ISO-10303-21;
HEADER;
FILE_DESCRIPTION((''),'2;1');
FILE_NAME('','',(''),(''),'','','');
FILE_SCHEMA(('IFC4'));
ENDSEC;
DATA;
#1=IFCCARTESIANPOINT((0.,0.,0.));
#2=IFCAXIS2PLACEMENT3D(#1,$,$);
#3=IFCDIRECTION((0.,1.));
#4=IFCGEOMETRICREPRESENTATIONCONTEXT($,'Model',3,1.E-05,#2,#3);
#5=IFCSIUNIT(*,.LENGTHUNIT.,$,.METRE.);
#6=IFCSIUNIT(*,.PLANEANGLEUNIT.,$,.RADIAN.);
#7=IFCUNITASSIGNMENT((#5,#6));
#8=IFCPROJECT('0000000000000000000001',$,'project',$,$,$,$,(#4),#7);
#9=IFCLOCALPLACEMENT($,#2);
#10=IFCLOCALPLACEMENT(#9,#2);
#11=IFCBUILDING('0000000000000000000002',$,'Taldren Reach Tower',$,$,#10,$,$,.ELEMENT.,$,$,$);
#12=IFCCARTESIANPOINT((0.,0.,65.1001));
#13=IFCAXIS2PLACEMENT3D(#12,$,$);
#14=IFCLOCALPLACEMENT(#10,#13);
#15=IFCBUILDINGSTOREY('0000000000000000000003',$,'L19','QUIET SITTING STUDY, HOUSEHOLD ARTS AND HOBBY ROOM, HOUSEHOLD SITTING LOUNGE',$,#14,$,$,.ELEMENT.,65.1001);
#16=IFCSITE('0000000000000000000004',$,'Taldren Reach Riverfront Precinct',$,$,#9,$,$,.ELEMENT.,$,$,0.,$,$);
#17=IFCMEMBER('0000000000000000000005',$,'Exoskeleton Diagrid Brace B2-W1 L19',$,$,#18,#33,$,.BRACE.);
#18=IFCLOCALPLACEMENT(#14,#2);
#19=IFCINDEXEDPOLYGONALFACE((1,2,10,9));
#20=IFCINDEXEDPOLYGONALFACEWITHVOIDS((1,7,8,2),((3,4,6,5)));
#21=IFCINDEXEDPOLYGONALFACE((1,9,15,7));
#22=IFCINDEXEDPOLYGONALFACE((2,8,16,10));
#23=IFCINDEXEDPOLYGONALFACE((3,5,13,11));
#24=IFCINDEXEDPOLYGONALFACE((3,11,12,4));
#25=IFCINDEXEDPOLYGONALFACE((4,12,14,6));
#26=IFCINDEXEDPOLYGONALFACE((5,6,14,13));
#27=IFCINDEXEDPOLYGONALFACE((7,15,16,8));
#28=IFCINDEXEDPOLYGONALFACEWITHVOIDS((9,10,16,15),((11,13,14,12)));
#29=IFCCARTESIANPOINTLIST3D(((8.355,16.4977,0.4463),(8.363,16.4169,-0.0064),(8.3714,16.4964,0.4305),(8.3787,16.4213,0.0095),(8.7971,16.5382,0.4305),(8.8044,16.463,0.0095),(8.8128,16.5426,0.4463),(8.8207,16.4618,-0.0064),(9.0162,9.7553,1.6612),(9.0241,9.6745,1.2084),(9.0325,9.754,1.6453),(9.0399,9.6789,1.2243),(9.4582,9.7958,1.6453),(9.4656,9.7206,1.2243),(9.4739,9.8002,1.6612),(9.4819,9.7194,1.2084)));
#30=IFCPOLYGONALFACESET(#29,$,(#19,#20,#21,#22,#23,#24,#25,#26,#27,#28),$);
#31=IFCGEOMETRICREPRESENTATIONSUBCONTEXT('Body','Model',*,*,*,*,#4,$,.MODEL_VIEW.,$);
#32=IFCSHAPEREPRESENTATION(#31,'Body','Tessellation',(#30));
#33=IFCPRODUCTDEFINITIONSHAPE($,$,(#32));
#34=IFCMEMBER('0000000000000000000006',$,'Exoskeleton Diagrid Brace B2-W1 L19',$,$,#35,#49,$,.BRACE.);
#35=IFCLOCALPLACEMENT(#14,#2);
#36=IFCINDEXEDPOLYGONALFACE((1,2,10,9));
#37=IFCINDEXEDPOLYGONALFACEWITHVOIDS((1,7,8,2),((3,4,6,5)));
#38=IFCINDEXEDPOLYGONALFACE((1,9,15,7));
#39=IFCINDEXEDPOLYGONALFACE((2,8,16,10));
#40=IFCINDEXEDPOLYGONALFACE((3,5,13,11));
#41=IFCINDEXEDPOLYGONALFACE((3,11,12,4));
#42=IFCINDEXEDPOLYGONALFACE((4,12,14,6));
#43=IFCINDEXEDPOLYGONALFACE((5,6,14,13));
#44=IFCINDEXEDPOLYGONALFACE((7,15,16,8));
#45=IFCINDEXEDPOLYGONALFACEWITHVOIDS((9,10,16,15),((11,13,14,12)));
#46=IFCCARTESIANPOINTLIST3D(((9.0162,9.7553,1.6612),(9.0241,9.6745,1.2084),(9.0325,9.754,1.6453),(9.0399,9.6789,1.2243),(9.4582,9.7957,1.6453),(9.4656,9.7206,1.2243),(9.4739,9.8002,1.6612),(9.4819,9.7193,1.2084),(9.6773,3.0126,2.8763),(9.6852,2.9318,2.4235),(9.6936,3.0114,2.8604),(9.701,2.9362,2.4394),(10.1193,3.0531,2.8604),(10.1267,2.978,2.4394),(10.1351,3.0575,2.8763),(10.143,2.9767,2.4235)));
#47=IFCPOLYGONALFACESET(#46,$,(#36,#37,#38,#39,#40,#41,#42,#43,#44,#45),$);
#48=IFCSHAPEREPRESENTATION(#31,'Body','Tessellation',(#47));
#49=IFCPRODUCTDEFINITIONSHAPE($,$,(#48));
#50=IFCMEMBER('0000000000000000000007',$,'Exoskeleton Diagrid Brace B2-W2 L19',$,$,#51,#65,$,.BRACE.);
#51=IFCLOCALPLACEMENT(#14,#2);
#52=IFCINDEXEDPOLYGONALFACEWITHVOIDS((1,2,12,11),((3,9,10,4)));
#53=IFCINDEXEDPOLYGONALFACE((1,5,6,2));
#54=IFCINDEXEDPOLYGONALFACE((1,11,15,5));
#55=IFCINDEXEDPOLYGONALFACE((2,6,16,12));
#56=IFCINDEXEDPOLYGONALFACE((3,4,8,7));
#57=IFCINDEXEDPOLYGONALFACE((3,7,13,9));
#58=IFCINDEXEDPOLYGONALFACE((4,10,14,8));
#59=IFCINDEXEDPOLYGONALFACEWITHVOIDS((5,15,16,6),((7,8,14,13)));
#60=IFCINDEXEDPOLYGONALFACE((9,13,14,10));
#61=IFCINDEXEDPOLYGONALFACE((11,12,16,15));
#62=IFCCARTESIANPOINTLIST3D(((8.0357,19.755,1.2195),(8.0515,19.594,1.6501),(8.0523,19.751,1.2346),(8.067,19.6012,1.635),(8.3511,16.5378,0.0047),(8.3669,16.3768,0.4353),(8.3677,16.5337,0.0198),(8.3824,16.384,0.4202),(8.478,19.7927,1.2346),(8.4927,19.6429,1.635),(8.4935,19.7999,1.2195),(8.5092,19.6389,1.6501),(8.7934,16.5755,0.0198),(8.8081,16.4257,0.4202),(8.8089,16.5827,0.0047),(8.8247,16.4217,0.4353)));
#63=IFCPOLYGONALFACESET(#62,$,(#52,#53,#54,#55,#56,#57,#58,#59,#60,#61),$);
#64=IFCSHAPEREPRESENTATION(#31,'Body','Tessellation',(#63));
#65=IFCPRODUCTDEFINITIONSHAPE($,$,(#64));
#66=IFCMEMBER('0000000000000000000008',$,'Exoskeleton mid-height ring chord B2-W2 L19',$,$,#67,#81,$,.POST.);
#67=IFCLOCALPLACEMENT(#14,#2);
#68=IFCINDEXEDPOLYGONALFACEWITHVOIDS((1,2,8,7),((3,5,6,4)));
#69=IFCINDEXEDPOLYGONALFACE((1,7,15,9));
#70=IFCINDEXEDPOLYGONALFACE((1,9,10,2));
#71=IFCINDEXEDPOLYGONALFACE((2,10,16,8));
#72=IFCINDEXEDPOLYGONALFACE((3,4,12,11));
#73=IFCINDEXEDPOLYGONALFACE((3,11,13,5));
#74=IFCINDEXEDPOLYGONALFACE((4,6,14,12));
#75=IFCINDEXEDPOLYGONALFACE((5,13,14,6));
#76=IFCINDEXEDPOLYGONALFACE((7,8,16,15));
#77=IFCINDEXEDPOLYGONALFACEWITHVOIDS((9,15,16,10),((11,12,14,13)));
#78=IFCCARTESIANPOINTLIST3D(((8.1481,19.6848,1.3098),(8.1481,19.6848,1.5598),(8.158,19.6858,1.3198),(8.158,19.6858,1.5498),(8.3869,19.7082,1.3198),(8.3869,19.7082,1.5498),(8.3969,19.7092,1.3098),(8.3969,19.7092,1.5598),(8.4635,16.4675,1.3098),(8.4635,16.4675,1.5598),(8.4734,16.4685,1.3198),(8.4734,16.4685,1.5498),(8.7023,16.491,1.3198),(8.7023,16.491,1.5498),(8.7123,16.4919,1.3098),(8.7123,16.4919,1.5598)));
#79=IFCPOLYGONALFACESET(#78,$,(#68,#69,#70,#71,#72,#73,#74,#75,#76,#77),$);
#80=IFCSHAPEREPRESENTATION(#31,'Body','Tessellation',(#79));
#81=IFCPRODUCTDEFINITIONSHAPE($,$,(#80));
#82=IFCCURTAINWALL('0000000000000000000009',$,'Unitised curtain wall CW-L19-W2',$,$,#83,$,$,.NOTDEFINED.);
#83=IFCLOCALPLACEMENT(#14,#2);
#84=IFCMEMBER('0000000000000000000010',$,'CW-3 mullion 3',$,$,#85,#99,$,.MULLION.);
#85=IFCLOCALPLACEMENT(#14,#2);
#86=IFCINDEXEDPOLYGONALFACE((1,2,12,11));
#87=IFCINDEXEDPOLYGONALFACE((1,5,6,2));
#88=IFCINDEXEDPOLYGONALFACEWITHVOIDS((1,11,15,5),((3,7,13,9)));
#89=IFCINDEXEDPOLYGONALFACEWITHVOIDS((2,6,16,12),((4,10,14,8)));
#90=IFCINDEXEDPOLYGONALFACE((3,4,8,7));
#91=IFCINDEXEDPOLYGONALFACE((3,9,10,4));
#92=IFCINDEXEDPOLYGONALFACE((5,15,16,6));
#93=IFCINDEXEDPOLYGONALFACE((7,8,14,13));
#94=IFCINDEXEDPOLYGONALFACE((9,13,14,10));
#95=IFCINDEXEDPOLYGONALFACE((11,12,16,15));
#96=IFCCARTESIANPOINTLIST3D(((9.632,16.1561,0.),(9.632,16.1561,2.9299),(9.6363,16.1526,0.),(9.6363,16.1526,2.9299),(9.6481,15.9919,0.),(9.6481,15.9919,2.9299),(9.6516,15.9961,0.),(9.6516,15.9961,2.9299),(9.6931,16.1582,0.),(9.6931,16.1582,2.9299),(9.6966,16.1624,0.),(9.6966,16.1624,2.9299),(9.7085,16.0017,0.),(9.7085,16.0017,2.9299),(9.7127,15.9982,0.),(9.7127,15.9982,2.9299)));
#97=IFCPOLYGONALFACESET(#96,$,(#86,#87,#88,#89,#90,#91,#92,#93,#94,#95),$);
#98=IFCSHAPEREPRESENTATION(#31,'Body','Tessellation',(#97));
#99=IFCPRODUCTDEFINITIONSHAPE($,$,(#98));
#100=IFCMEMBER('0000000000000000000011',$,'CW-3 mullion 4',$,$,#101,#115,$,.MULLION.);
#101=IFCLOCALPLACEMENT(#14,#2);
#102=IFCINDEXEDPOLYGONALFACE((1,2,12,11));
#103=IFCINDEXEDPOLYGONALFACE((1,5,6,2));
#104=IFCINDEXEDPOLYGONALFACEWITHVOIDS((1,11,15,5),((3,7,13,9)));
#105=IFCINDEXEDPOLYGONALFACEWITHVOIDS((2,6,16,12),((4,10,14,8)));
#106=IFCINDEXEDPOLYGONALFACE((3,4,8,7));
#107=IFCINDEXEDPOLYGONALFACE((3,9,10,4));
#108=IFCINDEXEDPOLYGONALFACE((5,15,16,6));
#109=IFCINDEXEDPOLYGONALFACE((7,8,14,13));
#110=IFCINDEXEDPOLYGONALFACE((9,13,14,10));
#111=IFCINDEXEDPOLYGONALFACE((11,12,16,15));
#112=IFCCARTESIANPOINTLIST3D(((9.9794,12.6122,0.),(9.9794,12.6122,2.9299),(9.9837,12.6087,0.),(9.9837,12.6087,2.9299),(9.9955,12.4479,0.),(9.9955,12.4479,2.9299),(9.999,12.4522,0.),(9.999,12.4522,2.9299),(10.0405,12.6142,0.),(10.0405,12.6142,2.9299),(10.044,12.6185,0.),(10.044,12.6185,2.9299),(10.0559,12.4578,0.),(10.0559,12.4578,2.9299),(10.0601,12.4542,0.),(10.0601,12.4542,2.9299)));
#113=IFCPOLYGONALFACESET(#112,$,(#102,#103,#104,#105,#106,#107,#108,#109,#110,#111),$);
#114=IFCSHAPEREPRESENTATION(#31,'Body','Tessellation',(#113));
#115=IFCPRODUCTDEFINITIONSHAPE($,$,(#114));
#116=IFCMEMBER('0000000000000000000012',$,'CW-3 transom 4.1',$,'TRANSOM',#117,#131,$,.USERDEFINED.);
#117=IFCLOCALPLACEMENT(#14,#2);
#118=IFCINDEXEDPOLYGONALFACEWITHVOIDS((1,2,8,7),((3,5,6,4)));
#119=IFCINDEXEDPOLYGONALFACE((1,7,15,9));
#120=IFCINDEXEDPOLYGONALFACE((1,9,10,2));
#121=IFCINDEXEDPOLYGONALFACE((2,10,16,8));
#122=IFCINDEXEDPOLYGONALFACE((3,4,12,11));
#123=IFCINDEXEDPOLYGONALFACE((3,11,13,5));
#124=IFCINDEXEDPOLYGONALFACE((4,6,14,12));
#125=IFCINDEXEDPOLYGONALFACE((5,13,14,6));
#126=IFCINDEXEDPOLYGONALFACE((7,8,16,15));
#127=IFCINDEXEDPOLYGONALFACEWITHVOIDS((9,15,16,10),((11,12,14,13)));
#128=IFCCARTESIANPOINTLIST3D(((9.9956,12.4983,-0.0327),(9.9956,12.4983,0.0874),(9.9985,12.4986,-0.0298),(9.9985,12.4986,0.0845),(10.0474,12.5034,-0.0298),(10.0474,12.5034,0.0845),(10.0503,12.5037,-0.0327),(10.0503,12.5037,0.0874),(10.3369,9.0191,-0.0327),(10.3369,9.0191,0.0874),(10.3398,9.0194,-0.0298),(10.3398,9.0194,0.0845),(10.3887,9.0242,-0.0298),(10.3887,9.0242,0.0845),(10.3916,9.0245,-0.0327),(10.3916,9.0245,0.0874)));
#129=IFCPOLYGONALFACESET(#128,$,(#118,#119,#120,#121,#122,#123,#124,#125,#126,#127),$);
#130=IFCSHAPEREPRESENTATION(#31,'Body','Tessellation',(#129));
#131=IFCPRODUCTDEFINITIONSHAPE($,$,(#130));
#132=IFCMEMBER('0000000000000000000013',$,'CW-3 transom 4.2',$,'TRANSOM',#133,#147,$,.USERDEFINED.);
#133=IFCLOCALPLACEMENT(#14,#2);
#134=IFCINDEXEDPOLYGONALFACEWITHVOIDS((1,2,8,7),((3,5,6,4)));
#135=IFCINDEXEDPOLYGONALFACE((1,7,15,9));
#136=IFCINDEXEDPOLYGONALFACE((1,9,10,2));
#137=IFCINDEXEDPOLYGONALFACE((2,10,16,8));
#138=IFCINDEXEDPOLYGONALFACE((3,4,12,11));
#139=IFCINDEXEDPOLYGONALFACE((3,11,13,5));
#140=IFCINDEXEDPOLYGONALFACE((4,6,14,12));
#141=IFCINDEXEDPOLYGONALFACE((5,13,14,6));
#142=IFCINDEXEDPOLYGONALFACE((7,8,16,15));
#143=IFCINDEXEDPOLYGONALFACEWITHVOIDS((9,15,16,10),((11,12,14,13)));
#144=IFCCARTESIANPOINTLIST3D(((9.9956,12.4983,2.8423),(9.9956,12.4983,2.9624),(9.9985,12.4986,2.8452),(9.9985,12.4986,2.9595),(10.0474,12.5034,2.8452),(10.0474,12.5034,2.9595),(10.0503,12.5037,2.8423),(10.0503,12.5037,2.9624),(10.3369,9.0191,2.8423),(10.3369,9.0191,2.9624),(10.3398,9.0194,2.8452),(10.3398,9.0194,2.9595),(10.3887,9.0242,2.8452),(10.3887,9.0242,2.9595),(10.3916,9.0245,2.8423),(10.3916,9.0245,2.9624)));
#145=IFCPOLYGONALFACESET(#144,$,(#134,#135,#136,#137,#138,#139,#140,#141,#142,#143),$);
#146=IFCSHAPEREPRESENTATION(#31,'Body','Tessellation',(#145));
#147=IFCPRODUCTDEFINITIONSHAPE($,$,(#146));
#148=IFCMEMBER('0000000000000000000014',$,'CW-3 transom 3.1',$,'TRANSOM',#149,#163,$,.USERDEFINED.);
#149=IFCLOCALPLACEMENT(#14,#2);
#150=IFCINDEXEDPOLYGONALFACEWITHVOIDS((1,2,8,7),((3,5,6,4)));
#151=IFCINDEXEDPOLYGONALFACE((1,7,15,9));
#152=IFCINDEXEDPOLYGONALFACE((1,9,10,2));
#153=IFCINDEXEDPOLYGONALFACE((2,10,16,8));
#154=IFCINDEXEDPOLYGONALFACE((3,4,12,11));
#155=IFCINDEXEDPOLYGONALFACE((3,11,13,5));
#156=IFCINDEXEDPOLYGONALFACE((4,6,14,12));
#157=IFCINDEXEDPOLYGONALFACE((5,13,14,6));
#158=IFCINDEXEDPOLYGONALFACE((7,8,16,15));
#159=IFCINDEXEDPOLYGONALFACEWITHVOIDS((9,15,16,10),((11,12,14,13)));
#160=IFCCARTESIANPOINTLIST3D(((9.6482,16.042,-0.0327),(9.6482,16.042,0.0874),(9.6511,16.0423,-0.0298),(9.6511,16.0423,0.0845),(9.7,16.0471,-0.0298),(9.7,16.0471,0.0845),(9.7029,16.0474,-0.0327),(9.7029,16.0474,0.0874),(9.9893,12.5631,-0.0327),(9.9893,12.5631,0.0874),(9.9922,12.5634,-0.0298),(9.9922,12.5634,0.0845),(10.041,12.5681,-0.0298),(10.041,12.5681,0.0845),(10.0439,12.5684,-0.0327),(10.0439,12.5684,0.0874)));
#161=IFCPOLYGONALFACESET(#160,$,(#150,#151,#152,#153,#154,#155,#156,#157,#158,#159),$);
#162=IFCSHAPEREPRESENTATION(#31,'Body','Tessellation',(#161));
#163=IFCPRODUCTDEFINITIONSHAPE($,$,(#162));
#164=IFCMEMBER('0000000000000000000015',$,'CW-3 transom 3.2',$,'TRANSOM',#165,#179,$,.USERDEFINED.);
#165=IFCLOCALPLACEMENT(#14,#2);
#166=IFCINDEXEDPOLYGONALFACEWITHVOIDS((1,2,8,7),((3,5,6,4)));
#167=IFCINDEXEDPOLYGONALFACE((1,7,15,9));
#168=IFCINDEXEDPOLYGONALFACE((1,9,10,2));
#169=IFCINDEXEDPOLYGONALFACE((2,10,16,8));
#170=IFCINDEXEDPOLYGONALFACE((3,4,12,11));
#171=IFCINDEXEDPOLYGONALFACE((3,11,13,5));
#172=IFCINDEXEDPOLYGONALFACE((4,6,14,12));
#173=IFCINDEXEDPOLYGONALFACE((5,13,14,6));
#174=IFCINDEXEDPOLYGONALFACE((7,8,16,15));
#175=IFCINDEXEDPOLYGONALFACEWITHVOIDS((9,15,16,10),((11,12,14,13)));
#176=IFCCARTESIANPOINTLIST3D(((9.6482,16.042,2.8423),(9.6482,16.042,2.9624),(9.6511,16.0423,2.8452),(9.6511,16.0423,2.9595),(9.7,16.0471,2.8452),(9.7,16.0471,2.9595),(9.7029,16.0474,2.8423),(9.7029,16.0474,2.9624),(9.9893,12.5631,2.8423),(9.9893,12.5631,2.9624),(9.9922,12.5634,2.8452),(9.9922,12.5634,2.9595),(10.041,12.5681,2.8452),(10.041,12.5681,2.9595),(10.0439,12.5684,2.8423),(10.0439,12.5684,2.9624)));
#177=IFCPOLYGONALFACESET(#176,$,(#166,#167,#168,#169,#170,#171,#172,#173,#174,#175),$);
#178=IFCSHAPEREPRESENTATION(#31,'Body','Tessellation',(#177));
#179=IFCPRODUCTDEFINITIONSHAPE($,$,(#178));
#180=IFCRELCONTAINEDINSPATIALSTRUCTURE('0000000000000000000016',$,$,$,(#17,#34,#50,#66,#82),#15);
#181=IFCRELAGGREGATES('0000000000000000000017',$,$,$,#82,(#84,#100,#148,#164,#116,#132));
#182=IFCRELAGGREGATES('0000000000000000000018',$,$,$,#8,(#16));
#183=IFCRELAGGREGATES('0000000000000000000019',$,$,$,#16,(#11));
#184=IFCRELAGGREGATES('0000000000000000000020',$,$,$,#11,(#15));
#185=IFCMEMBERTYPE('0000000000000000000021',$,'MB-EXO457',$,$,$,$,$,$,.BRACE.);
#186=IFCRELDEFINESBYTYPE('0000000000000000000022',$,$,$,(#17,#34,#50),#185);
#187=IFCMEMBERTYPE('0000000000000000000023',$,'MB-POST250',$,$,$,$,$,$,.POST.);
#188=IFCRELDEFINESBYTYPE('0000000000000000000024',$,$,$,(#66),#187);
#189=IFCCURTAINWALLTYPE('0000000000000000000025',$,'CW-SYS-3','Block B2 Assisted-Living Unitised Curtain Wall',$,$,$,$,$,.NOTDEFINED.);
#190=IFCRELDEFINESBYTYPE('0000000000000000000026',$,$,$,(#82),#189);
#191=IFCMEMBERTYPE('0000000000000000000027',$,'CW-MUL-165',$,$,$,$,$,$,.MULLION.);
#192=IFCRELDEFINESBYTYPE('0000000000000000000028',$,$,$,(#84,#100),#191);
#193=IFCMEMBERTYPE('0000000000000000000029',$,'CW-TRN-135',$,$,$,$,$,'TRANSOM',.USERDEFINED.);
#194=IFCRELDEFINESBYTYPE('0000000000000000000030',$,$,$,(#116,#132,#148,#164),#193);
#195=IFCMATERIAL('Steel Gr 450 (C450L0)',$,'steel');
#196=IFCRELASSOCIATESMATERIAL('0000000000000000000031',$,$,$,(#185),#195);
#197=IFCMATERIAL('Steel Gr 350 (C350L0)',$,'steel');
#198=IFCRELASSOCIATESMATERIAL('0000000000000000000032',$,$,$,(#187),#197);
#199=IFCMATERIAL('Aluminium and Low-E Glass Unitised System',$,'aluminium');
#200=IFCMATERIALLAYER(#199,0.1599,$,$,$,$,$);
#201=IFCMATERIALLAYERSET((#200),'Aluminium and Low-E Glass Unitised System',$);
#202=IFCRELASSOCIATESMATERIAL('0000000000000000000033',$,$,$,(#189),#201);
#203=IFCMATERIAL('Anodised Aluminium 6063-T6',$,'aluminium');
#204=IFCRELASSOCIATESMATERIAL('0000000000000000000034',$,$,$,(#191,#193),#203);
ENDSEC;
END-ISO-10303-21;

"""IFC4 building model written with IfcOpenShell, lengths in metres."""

from ifc_helpers import new_model, si_unit, direction, frame, origin, origin_2d, place, context, subcontext, project, spatial, hollow_rectangle, extrude, source, transform, mapped, material, layer, layer_set, material_profile, profile_set, type_object, element, aggregate, save


model = new_model("IFC4")

# Units and contexts
model_context = context("Model", 3, precision=1e-05, world=origin(), true_north=direction((0.0, 1.0)))
body_context = subcontext(model_context, "Body", "Model", "MODEL_VIEW")
ifc_project = project(units=[si_unit("LENGTHUNIT", "METRE"), si_unit("PLANEANGLEUNIT", "RADIAN")], contexts=[model_context])

# Site, building, storey
site_placement = place(None, origin())
site = spatial("IfcSite", under=ifc_project, at=site_placement, Name="Taldren Reach Riverfront Precinct", CompositionType="ELEMENT", RefElevation=0.0)
building_placement = place(site_placement, origin())
building = spatial("IfcBuilding", under=site, at=building_placement, Name="Taldren Reach Tower", CompositionType="ELEMENT")
storey_placement = place(building_placement, frame((0.0, 0.0, 65.1001)))
storey = spatial("IfcBuildingStorey", under=building, at=storey_placement, Name="L19", Description="QUIET SITTING STUDY, HOUSEHOLD ARTS AND HOBBY ROOM, HOUSEHOLD SITTING LOUNGE", CompositionType="ELEMENT", Elevation=65.1001)

# Members
ifc_material_1 = material(Name="Steel Gr 450 (C450L0)", Category="steel")
ifc_material_profile_1 = material_profile(ifc_material_1, hollow_rectangle(XDim=0.46, YDim=0.46, WallThickness=0.0161, at=origin_2d()), Name="460x460x16.0SHS")
ifc_profile_set_1 = profile_set([ifc_material_profile_1], Name="Steel Gr 450 (C450L0)")
member_type_1 = type_object("IfcMemberType", Name="MB-EXO457", PredefinedType="BRACE", material=ifc_profile_set_1)
shared_shape_1 = source(origin(), body_context, "Body", "SweptSolid", [
    extrude(hollow_rectangle(XDim=0.46, YDim=0.46, WallThickness=0.0161, at=origin_2d()), origin(), (0.0, 0.0, 1.0), 6.8828),
])
member_1_placement = place(storey_placement, frame((8.5879, 16.4797, 0.22), z_axis=(0.096055, -0.979602, 0.176504), x_axis=(0.995227, 0.097588, 0.0)))
element("IfcMember", 1, at=member_1_placement, inside=storey, type_object=member_type_1, Name="Exoskeleton Diagrid Brace B2-W1 L19", PredefinedType="BRACE", context=body_context, shape_type="MappedRepresentation", body=[
    mapped(shared_shape_1, transform((0.0, 0.0, 0.0), scale=1.0)),
])
shared_shape_2 = source(origin(), body_context, "Body", "SweptSolid", [
    extrude(hollow_rectangle(XDim=0.46, YDim=0.46, WallThickness=0.0161, at=origin_2d()), origin(), (0.0, 0.0, 1.0), 6.8831),
])
member_2_placement = place(storey_placement, frame((9.249, 9.7373, 1.4348), z_axis=(0.096051, -0.979597, 0.176532), x_axis=(0.995227, 0.097584, 0.0)))
element("IfcMember", 2, at=member_2_placement, inside=storey, type_object=member_type_1, Name="Exoskeleton Diagrid Brace B2-W1 L19", PredefinedType="BRACE", context=body_context, shape_type="MappedRepresentation", body=[
    mapped(shared_shape_2, transform((0.0, 0.0, 0.0), scale=1.0)),
])
shared_shape_3 = source(origin(), body_context, "Body", "SweptSolid", [
    extrude(hollow_rectangle(XDim=0.46, YDim=0.46, WallThickness=0.0161, at=origin_2d()), origin(), (0.0, 0.0, 1.0), 3.4534),
])
member_3_placement = place(storey_placement, frame((8.5879, 16.4797, 0.22), z_axis=(-0.091338, 0.931617, 0.351778), x_axis=(-0.995228, -0.097574, 0.0)))
element("IfcMember", 3, at=member_3_placement, inside=storey, type_object=member_type_1, Name="Exoskeleton Diagrid Brace B2-W2 L19", PredefinedType="BRACE", context=body_context, shape_type="MappedRepresentation", body=[
    mapped(shared_shape_3, transform((0.0, 0.0, 0.0), scale=1.0)),
])
ifc_material_2 = material(Name="Steel Gr 350 (C350L0)", Category="steel")
ifc_material_profile_2 = material_profile(ifc_material_2, hollow_rectangle(XDim=0.25, YDim=0.25, WallThickness=0.01, at=origin_2d()), Name="250x250x10.0SHS")
ifc_profile_set_2 = profile_set([ifc_material_profile_2], Name="Steel Gr 350 (C350L0)")
member_type_2 = type_object("IfcMemberType", Name="MB-POST250", PredefinedType="POST", material=ifc_profile_set_2)
shared_shape_4 = source(origin(), body_context, "Body", "SweptSolid", [
    extrude(hollow_rectangle(XDim=0.25, YDim=0.25, WallThickness=0.01, at=origin_2d()), origin(), (0.0, 0.0, 1.0), 3.2327),
])
member_4_placement = place(storey_placement, frame((8.5879, 16.4797, 1.4348), z_axis=(-0.097574, 0.995228, 0.0), x_axis=(-0.995228, -0.097574, 0.0)))
element("IfcMember", 4, at=member_4_placement, inside=storey, type_object=member_type_2, Name="Exoskeleton mid-height ring chord B2-W2 L19", PredefinedType="POST", context=body_context, shape_type="MappedRepresentation", body=[
    mapped(shared_shape_4, transform((0.0, 0.0, 0.0), scale=1.0)),
])

# Curtain wall, members
ifc_material_3 = material(Name="Aluminium and Low-E Glass Unitised System", Category="aluminium")
ifc_layer_1 = layer(ifc_material_3, 0.1599)
ifc_layer_set_1 = layer_set([ifc_layer_1], Name="Aluminium and Low-E Glass Unitised System")
curtain_wall_type = type_object("IfcCurtainWallType", Name="CW-SYS-3", Description="Block B2 Assisted-Living Unitised Curtain Wall", PredefinedType="NOTDEFINED", material=ifc_layer_set_1)
curtain_wall_placement = place(storey_placement, origin())
curtain_wall = element("IfcCurtainWall", 5, at=curtain_wall_placement, inside=storey, type_object=curtain_wall_type, Name="Unitised curtain wall CW-L19-W2", PredefinedType="NOTDEFINED")
ifc_material_4 = material(Name="Anodised Aluminium 6063-T6", Category="aluminium")
ifc_material_profile_3 = material_profile(ifc_material_4, hollow_rectangle(XDim=0.0649, YDim=0.165, WallThickness=0.0039, at=origin_2d()), Name="ALU-165x65x4RHS")
ifc_profile_set_3 = profile_set([ifc_material_profile_3], Name="Anodised Aluminium 6063-T6")
member_type_3 = type_object("IfcMemberType", Name="CW-MUL-165", PredefinedType="MULLION", material=ifc_profile_set_3)
shared_shape_5 = source(origin(), body_context, "Body", "SweptSolid", [
    extrude(hollow_rectangle(XDim=0.0649, YDim=0.165, WallThickness=0.0039, at=origin_2d()), origin(), (0.0, 0.0, 1.0), 2.9299),
])
member_5_placement = place(storey_placement, frame((9.6724, 16.0771, 0.0), z_axis=(0.0, 0.0, 1.0), x_axis=(0.995227, 0.097583, 0.0)))
member_5 = element("IfcMember", 6, at=member_5_placement, type_object=member_type_3, Name="CW-3 mullion 3", PredefinedType="MULLION", context=body_context, shape_type="MappedRepresentation", body=[
    mapped(shared_shape_5, transform((0.0, 0.0, 0.0), scale=1.0)),
])
member_6_placement = place(storey_placement, frame((10.0198, 12.5332, 0.0), z_axis=(0.0, 0.0, 1.0), x_axis=(0.995227, 0.097583, 0.0)))
member_6 = element("IfcMember", 7, at=member_6_placement, type_object=member_type_3, Name="CW-3 mullion 4", PredefinedType="MULLION", context=body_context, shape_type="MappedRepresentation", body=[
    mapped(shared_shape_5, transform((0.0, 0.0, 0.0), scale=1.0)),
])
ifc_material_profile_4 = material_profile(ifc_material_4, hollow_rectangle(XDim=0.0549, YDim=0.1201, WallThickness=0.0029, at=origin_2d()), Name="ALU-120x55x3RHS")
ifc_profile_set_4 = profile_set([ifc_material_profile_4], Name="Anodised Aluminium 6063-T6")
member_type_4 = type_object("IfcMemberType", Name="CW-TRN-135", ElementType="TRANSOM", PredefinedType="USERDEFINED", material=ifc_profile_set_4)
shared_shape_6 = source(origin(), body_context, "Body", "SweptSolid", [
    extrude(hollow_rectangle(XDim=0.0549, YDim=0.1201, WallThickness=0.0029, at=origin_2d()), origin(), (0.0, 0.0, 1.0), 3.4958),
])
member_7_placement = place(storey_placement, frame((10.0229, 12.501, 0.0273), z_axis=(0.09763, -0.995223, 0.0), x_axis=(0.995223, 0.09763, 0.0)))
member_7 = element("IfcMember", 8, at=member_7_placement, type_object=member_type_4, Name="CW-3 transom 4.1", ObjectType="TRANSOM", PredefinedType="USERDEFINED", context=body_context, shape_type="MappedRepresentation", body=[
    mapped(shared_shape_6, transform((0.0, 0.0, 0.0), scale=1.0)),
])
member_8_placement = place(storey_placement, frame((10.0229, 12.501, 2.9023), z_axis=(0.09763, -0.995223, 0.0), x_axis=(0.995223, 0.09763, 0.0)))
member_8 = element("IfcMember", 9, at=member_8_placement, type_object=member_type_4, Name="CW-3 transom 4.2", ObjectType="TRANSOM", PredefinedType="USERDEFINED", context=body_context, shape_type="MappedRepresentation", body=[
    mapped(shared_shape_6, transform((0.0, 0.0, 0.0), scale=1.0)),
])
shared_shape_7 = source(origin(), body_context, "Body", "SweptSolid", [
    extrude(hollow_rectangle(XDim=0.0549, YDim=0.1201, WallThickness=0.0029, at=origin_2d()), origin(), (0.0, 0.0, 1.0), 3.4956),
])
member_9_placement = place(storey_placement, frame((9.6755, 16.0447, 0.0273), z_axis=(0.097567, -0.995229, 0.0), x_axis=(0.995229, 0.097567, 0.0)))
member_9 = element("IfcMember", 10, at=member_9_placement, type_object=member_type_4, Name="CW-3 transom 3.1", ObjectType="TRANSOM", PredefinedType="USERDEFINED", context=body_context, shape_type="MappedRepresentation", body=[
    mapped(shared_shape_7, transform((0.0, 0.0, 0.0), scale=1.0)),
])
member_10_placement = place(storey_placement, frame((9.6755, 16.0447, 2.9023), z_axis=(0.097567, -0.995229, 0.0), x_axis=(0.995229, 0.097567, 0.0)))
member_10 = element("IfcMember", 11, at=member_10_placement, type_object=member_type_4, Name="CW-3 transom 3.2", ObjectType="TRANSOM", PredefinedType="USERDEFINED", context=body_context, shape_type="MappedRepresentation", body=[
    mapped(shared_shape_7, transform((0.0, 0.0, 0.0), scale=1.0)),
])

aggregate(curtain_wall, [member_5, member_6, member_9, member_10, member_7, member_8])

save(model, "model.ifc")
